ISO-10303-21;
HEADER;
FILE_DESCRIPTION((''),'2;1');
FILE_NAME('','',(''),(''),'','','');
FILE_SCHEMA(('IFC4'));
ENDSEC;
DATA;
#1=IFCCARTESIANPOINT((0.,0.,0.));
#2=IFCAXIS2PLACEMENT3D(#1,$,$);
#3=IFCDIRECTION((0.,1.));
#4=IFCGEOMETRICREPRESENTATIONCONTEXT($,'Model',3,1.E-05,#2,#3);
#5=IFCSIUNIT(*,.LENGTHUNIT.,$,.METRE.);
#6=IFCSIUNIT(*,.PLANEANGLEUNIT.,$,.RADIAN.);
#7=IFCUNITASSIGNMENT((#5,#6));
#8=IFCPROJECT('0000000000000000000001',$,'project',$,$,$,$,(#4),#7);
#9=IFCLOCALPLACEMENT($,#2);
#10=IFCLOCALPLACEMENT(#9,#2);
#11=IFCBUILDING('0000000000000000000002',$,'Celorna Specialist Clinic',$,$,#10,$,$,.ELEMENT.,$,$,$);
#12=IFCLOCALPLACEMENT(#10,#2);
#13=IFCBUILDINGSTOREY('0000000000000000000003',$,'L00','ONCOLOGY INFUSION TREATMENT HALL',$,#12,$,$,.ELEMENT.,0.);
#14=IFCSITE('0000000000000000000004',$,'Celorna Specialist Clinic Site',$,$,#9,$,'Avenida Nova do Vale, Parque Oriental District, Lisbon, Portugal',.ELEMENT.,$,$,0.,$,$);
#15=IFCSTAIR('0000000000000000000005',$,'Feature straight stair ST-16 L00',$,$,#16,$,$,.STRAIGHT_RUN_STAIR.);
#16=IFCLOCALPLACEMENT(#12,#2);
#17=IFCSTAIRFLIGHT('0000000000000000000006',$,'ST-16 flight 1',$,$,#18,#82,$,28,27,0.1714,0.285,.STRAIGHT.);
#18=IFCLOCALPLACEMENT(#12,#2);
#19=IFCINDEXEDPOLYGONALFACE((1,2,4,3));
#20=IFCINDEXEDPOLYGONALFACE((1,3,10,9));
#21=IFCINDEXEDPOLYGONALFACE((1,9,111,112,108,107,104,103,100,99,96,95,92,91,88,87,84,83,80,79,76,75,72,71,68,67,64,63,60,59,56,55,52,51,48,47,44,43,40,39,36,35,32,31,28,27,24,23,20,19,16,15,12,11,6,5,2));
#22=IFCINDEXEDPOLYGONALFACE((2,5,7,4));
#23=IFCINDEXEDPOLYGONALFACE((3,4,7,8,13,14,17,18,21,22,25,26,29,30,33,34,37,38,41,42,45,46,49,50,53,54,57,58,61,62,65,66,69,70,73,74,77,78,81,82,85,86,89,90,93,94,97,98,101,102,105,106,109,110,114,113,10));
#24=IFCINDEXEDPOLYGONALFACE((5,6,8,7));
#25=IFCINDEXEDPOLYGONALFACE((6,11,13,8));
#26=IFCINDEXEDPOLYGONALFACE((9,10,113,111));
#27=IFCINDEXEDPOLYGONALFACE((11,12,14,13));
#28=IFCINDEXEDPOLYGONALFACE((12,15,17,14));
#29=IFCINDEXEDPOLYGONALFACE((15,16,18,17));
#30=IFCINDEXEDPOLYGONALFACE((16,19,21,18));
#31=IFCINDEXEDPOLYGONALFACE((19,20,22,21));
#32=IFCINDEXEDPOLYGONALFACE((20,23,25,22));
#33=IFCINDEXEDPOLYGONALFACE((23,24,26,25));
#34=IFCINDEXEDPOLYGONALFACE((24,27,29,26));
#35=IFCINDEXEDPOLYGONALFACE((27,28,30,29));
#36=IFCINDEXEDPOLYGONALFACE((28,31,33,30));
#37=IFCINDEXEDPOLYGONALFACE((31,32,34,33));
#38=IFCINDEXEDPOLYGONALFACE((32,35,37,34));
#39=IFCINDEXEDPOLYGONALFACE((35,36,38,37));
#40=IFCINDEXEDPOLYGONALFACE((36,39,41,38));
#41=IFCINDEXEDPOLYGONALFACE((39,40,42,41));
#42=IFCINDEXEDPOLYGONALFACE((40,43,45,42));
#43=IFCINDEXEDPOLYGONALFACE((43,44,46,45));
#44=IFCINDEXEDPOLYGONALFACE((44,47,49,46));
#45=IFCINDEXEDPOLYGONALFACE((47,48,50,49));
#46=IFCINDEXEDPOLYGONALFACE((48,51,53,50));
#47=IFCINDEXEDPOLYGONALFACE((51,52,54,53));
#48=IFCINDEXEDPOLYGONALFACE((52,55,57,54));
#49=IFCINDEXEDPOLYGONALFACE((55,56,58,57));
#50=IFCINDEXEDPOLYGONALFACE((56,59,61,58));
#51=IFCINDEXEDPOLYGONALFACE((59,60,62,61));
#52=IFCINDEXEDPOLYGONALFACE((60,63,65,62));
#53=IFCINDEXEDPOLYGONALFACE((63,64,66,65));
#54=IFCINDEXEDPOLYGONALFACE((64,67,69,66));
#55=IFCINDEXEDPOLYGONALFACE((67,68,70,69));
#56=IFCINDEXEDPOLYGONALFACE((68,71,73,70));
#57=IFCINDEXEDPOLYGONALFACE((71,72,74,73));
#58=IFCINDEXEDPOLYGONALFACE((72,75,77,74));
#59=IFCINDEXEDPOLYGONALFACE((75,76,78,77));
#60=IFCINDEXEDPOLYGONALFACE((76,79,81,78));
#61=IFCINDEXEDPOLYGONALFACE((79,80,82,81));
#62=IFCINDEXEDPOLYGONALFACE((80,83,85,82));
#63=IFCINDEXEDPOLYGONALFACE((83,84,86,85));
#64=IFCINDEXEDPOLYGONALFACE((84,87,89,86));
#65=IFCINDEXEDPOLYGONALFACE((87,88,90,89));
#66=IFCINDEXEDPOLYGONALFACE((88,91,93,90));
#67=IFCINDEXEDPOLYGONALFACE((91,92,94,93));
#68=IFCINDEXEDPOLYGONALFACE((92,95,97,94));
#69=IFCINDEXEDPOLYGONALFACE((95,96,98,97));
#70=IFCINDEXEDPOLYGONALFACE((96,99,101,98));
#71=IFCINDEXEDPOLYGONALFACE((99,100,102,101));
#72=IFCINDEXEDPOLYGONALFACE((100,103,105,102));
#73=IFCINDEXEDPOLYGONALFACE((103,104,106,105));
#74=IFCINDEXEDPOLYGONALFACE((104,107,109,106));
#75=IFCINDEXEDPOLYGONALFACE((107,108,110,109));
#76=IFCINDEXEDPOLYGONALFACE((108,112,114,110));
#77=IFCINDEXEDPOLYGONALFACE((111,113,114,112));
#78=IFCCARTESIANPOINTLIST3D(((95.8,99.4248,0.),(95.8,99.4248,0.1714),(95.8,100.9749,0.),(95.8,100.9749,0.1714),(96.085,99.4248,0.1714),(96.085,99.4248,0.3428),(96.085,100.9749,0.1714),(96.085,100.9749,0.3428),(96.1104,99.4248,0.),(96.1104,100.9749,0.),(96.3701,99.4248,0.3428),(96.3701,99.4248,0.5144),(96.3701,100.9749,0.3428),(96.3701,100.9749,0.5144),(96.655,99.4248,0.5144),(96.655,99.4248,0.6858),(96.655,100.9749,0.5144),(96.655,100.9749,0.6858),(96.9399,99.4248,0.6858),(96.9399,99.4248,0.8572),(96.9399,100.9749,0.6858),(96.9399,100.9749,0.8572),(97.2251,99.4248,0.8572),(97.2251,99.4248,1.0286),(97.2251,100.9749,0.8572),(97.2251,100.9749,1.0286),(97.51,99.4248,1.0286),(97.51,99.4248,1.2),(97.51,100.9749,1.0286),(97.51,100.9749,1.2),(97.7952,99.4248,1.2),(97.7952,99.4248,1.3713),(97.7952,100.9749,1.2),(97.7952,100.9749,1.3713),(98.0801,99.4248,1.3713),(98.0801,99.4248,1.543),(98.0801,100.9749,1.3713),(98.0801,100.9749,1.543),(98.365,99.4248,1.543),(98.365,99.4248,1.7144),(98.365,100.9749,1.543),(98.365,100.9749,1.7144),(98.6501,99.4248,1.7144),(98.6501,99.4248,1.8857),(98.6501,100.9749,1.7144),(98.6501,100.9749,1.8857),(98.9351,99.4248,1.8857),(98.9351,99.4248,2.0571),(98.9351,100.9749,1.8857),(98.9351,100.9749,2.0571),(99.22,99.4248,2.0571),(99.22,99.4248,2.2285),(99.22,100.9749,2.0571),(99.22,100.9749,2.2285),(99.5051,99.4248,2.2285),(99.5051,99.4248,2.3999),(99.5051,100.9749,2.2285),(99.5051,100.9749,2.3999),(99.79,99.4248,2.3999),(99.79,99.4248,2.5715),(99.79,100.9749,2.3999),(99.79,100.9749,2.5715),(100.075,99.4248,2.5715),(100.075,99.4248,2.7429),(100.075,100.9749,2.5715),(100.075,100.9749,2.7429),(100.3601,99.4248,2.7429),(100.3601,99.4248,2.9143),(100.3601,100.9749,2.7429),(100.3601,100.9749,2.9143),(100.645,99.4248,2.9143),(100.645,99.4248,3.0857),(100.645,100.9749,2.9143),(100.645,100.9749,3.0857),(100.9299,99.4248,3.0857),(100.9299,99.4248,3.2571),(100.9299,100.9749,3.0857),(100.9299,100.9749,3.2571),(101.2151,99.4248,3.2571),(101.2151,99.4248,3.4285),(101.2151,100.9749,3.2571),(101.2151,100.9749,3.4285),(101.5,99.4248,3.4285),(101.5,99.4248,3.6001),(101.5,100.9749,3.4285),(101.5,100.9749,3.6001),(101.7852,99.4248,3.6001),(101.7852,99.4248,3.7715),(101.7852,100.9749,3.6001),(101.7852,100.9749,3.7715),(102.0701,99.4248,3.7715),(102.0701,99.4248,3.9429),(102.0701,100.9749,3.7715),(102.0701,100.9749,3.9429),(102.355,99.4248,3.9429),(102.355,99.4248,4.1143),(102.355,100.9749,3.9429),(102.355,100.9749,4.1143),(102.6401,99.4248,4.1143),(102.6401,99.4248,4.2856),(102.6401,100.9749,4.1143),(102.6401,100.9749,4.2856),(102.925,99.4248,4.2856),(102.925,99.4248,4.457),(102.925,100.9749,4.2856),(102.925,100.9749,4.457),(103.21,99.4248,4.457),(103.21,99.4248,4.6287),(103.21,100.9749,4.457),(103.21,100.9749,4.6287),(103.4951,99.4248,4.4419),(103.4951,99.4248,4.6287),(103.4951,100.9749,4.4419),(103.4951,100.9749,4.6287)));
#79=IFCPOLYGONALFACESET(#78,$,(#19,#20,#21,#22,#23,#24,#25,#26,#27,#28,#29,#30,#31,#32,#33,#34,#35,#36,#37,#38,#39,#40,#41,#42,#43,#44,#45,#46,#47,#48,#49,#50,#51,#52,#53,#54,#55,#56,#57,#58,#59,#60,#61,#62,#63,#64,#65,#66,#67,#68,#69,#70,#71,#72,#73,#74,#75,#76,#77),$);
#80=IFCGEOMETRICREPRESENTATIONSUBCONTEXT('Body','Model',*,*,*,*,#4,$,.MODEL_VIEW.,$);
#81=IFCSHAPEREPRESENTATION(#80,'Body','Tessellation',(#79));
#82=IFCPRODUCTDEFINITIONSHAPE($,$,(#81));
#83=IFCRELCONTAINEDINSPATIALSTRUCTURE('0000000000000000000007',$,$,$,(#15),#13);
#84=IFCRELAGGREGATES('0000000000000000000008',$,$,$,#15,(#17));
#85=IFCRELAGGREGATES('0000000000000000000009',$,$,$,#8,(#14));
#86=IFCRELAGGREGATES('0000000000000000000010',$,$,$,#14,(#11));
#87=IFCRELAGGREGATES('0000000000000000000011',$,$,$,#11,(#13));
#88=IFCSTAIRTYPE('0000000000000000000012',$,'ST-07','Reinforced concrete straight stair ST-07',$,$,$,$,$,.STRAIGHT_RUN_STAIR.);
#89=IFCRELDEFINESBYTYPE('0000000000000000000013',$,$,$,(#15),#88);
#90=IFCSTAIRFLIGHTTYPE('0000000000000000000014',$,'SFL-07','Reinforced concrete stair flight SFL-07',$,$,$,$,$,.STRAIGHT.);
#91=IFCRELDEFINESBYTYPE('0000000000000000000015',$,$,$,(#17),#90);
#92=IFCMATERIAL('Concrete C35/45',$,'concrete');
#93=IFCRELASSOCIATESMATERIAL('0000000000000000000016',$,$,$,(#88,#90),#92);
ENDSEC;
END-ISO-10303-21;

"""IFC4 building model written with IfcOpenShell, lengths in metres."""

from ifc_helpers import new_model, si_unit, direction, frame, origin, place, context, subcontext, project, spatial, polyline, outline, extrude, material, type_object, element, aggregate, save


model = new_model("IFC4")

# Units and contexts
model_context = context("Model", 3, precision=1e-05, world=origin(), true_north=direction((0.0, 1.0)))
body_context = subcontext(model_context, "Body", "Model", "MODEL_VIEW")
ifc_project = project(units=[si_unit("LENGTHUNIT", "METRE"), si_unit("PLANEANGLEUNIT", "RADIAN")], contexts=[model_context])

# Site, building, storey
site_placement = place(None, origin())
site = spatial("IfcSite", under=ifc_project, at=site_placement, Name="Celorna Specialist Clinic Site", LongName="Avenida Nova do Vale, Parque Oriental District, Lisbon, Portugal", CompositionType="ELEMENT", RefElevation=0.0)
building_placement = place(site_placement, origin())
building = spatial("IfcBuilding", under=site, at=building_placement, Name="Celorna Specialist Clinic", CompositionType="ELEMENT")
storey_placement = place(building_placement, origin())
storey = spatial("IfcBuildingStorey", under=building, at=storey_placement, Name="L00", Description="ONCOLOGY INFUSION TREATMENT HALL", CompositionType="ELEMENT", Elevation=0.0)

# Stair, stair flight
ifc_material_1 = material(Name="Concrete C35/45", Category="concrete")
stair_type = type_object("IfcStairType", Name="ST-07", Description="Reinforced concrete straight stair ST-07", PredefinedType="STRAIGHT_RUN_STAIR", material=ifc_material_1)
stair_placement = place(storey_placement, origin())
stair = element("IfcStair", 1, at=stair_placement, inside=storey, type_object=stair_type, Name="Feature straight stair ST-16 L00", PredefinedType="STRAIGHT_RUN_STAIR")
stair_flight_type = type_object("IfcStairFlightType", Name="SFL-07", Description="Reinforced concrete stair flight SFL-07", PredefinedType="STRAIGHT", material=ifc_material_1)
stair_flight_placement = place(storey_placement, frame((95.8, 100.2, 0.0), z_axis=(0.0, 0.0, 1.0), x_axis=(1.0, 0.0, 0.0)))
stair_flight = element("IfcStairFlight", 2, at=stair_flight_placement, type_object=stair_flight_type, Name="ST-16 flight 1", NumberOfRisers=28, NumberOfTreads=27, PredefinedType="STRAIGHT", RiserHeight=0.1714, TreadLength=0.285, context=body_context, shape_type="SweptSolid", body=[
    extrude(outline(polyline([(0.0, 0.0), (0.0, 0.1714), (0.2849, 0.1714), (0.2849, 0.3428), (0.5701, 0.3428), (0.5701, 0.5144), (0.855, 0.5144), (0.855, 0.6858), (1.1399, 0.6858), (1.1399, 0.8572), (1.425, 0.8572), (1.425, 1.0286), (1.71, 1.0286), (1.71, 1.2), (1.9951, 1.2), (1.9951, 1.3713), (2.28, 1.3713), (2.28, 1.543), (2.5649, 1.543), (2.5649, 1.7144), (2.8501, 1.7144), (2.8501, 1.8857), (3.135, 1.8857), (3.135, 2.0571), (3.4199, 2.0571), (3.4199, 2.2285), (3.7051, 2.2285), (3.7051, 2.3999), (3.99, 2.3999), (3.99, 2.5715), (4.2749, 2.5715), (4.2749, 2.7429), (4.5601, 2.7429), (4.5601, 2.9143), (4.845, 2.9143), (4.845, 3.0857), (5.1299, 3.0857), (5.1299, 3.2571), (5.415, 3.2571), (5.415, 3.4285), (5.7, 3.4285), (5.7, 3.6001), (5.9851, 3.6001), (5.9851, 3.7715), (6.27, 3.7715), (6.27, 3.9429), (6.5549, 3.9429), (6.5549, 4.1143), (6.8401, 4.1143), (6.8401, 4.2856), (7.125, 4.2856), (7.125, 4.457), (7.4099, 4.457), (7.4099, 4.6287), (7.6951, 4.6287), (7.6951, 4.8), (7.6951, 4.4419), (0.3103, 0.0), (0.0, 0.0)])), frame((0.0, 0.7749, 0.0), z_axis=(0.0, -1.0, 0.0), x_axis=(1.0, 0.0, 0.0)), (0.0, 0.0, 1.0), 1.55),
])
aggregate(stair, [stair_flight])

save(model, "model.ifc")
